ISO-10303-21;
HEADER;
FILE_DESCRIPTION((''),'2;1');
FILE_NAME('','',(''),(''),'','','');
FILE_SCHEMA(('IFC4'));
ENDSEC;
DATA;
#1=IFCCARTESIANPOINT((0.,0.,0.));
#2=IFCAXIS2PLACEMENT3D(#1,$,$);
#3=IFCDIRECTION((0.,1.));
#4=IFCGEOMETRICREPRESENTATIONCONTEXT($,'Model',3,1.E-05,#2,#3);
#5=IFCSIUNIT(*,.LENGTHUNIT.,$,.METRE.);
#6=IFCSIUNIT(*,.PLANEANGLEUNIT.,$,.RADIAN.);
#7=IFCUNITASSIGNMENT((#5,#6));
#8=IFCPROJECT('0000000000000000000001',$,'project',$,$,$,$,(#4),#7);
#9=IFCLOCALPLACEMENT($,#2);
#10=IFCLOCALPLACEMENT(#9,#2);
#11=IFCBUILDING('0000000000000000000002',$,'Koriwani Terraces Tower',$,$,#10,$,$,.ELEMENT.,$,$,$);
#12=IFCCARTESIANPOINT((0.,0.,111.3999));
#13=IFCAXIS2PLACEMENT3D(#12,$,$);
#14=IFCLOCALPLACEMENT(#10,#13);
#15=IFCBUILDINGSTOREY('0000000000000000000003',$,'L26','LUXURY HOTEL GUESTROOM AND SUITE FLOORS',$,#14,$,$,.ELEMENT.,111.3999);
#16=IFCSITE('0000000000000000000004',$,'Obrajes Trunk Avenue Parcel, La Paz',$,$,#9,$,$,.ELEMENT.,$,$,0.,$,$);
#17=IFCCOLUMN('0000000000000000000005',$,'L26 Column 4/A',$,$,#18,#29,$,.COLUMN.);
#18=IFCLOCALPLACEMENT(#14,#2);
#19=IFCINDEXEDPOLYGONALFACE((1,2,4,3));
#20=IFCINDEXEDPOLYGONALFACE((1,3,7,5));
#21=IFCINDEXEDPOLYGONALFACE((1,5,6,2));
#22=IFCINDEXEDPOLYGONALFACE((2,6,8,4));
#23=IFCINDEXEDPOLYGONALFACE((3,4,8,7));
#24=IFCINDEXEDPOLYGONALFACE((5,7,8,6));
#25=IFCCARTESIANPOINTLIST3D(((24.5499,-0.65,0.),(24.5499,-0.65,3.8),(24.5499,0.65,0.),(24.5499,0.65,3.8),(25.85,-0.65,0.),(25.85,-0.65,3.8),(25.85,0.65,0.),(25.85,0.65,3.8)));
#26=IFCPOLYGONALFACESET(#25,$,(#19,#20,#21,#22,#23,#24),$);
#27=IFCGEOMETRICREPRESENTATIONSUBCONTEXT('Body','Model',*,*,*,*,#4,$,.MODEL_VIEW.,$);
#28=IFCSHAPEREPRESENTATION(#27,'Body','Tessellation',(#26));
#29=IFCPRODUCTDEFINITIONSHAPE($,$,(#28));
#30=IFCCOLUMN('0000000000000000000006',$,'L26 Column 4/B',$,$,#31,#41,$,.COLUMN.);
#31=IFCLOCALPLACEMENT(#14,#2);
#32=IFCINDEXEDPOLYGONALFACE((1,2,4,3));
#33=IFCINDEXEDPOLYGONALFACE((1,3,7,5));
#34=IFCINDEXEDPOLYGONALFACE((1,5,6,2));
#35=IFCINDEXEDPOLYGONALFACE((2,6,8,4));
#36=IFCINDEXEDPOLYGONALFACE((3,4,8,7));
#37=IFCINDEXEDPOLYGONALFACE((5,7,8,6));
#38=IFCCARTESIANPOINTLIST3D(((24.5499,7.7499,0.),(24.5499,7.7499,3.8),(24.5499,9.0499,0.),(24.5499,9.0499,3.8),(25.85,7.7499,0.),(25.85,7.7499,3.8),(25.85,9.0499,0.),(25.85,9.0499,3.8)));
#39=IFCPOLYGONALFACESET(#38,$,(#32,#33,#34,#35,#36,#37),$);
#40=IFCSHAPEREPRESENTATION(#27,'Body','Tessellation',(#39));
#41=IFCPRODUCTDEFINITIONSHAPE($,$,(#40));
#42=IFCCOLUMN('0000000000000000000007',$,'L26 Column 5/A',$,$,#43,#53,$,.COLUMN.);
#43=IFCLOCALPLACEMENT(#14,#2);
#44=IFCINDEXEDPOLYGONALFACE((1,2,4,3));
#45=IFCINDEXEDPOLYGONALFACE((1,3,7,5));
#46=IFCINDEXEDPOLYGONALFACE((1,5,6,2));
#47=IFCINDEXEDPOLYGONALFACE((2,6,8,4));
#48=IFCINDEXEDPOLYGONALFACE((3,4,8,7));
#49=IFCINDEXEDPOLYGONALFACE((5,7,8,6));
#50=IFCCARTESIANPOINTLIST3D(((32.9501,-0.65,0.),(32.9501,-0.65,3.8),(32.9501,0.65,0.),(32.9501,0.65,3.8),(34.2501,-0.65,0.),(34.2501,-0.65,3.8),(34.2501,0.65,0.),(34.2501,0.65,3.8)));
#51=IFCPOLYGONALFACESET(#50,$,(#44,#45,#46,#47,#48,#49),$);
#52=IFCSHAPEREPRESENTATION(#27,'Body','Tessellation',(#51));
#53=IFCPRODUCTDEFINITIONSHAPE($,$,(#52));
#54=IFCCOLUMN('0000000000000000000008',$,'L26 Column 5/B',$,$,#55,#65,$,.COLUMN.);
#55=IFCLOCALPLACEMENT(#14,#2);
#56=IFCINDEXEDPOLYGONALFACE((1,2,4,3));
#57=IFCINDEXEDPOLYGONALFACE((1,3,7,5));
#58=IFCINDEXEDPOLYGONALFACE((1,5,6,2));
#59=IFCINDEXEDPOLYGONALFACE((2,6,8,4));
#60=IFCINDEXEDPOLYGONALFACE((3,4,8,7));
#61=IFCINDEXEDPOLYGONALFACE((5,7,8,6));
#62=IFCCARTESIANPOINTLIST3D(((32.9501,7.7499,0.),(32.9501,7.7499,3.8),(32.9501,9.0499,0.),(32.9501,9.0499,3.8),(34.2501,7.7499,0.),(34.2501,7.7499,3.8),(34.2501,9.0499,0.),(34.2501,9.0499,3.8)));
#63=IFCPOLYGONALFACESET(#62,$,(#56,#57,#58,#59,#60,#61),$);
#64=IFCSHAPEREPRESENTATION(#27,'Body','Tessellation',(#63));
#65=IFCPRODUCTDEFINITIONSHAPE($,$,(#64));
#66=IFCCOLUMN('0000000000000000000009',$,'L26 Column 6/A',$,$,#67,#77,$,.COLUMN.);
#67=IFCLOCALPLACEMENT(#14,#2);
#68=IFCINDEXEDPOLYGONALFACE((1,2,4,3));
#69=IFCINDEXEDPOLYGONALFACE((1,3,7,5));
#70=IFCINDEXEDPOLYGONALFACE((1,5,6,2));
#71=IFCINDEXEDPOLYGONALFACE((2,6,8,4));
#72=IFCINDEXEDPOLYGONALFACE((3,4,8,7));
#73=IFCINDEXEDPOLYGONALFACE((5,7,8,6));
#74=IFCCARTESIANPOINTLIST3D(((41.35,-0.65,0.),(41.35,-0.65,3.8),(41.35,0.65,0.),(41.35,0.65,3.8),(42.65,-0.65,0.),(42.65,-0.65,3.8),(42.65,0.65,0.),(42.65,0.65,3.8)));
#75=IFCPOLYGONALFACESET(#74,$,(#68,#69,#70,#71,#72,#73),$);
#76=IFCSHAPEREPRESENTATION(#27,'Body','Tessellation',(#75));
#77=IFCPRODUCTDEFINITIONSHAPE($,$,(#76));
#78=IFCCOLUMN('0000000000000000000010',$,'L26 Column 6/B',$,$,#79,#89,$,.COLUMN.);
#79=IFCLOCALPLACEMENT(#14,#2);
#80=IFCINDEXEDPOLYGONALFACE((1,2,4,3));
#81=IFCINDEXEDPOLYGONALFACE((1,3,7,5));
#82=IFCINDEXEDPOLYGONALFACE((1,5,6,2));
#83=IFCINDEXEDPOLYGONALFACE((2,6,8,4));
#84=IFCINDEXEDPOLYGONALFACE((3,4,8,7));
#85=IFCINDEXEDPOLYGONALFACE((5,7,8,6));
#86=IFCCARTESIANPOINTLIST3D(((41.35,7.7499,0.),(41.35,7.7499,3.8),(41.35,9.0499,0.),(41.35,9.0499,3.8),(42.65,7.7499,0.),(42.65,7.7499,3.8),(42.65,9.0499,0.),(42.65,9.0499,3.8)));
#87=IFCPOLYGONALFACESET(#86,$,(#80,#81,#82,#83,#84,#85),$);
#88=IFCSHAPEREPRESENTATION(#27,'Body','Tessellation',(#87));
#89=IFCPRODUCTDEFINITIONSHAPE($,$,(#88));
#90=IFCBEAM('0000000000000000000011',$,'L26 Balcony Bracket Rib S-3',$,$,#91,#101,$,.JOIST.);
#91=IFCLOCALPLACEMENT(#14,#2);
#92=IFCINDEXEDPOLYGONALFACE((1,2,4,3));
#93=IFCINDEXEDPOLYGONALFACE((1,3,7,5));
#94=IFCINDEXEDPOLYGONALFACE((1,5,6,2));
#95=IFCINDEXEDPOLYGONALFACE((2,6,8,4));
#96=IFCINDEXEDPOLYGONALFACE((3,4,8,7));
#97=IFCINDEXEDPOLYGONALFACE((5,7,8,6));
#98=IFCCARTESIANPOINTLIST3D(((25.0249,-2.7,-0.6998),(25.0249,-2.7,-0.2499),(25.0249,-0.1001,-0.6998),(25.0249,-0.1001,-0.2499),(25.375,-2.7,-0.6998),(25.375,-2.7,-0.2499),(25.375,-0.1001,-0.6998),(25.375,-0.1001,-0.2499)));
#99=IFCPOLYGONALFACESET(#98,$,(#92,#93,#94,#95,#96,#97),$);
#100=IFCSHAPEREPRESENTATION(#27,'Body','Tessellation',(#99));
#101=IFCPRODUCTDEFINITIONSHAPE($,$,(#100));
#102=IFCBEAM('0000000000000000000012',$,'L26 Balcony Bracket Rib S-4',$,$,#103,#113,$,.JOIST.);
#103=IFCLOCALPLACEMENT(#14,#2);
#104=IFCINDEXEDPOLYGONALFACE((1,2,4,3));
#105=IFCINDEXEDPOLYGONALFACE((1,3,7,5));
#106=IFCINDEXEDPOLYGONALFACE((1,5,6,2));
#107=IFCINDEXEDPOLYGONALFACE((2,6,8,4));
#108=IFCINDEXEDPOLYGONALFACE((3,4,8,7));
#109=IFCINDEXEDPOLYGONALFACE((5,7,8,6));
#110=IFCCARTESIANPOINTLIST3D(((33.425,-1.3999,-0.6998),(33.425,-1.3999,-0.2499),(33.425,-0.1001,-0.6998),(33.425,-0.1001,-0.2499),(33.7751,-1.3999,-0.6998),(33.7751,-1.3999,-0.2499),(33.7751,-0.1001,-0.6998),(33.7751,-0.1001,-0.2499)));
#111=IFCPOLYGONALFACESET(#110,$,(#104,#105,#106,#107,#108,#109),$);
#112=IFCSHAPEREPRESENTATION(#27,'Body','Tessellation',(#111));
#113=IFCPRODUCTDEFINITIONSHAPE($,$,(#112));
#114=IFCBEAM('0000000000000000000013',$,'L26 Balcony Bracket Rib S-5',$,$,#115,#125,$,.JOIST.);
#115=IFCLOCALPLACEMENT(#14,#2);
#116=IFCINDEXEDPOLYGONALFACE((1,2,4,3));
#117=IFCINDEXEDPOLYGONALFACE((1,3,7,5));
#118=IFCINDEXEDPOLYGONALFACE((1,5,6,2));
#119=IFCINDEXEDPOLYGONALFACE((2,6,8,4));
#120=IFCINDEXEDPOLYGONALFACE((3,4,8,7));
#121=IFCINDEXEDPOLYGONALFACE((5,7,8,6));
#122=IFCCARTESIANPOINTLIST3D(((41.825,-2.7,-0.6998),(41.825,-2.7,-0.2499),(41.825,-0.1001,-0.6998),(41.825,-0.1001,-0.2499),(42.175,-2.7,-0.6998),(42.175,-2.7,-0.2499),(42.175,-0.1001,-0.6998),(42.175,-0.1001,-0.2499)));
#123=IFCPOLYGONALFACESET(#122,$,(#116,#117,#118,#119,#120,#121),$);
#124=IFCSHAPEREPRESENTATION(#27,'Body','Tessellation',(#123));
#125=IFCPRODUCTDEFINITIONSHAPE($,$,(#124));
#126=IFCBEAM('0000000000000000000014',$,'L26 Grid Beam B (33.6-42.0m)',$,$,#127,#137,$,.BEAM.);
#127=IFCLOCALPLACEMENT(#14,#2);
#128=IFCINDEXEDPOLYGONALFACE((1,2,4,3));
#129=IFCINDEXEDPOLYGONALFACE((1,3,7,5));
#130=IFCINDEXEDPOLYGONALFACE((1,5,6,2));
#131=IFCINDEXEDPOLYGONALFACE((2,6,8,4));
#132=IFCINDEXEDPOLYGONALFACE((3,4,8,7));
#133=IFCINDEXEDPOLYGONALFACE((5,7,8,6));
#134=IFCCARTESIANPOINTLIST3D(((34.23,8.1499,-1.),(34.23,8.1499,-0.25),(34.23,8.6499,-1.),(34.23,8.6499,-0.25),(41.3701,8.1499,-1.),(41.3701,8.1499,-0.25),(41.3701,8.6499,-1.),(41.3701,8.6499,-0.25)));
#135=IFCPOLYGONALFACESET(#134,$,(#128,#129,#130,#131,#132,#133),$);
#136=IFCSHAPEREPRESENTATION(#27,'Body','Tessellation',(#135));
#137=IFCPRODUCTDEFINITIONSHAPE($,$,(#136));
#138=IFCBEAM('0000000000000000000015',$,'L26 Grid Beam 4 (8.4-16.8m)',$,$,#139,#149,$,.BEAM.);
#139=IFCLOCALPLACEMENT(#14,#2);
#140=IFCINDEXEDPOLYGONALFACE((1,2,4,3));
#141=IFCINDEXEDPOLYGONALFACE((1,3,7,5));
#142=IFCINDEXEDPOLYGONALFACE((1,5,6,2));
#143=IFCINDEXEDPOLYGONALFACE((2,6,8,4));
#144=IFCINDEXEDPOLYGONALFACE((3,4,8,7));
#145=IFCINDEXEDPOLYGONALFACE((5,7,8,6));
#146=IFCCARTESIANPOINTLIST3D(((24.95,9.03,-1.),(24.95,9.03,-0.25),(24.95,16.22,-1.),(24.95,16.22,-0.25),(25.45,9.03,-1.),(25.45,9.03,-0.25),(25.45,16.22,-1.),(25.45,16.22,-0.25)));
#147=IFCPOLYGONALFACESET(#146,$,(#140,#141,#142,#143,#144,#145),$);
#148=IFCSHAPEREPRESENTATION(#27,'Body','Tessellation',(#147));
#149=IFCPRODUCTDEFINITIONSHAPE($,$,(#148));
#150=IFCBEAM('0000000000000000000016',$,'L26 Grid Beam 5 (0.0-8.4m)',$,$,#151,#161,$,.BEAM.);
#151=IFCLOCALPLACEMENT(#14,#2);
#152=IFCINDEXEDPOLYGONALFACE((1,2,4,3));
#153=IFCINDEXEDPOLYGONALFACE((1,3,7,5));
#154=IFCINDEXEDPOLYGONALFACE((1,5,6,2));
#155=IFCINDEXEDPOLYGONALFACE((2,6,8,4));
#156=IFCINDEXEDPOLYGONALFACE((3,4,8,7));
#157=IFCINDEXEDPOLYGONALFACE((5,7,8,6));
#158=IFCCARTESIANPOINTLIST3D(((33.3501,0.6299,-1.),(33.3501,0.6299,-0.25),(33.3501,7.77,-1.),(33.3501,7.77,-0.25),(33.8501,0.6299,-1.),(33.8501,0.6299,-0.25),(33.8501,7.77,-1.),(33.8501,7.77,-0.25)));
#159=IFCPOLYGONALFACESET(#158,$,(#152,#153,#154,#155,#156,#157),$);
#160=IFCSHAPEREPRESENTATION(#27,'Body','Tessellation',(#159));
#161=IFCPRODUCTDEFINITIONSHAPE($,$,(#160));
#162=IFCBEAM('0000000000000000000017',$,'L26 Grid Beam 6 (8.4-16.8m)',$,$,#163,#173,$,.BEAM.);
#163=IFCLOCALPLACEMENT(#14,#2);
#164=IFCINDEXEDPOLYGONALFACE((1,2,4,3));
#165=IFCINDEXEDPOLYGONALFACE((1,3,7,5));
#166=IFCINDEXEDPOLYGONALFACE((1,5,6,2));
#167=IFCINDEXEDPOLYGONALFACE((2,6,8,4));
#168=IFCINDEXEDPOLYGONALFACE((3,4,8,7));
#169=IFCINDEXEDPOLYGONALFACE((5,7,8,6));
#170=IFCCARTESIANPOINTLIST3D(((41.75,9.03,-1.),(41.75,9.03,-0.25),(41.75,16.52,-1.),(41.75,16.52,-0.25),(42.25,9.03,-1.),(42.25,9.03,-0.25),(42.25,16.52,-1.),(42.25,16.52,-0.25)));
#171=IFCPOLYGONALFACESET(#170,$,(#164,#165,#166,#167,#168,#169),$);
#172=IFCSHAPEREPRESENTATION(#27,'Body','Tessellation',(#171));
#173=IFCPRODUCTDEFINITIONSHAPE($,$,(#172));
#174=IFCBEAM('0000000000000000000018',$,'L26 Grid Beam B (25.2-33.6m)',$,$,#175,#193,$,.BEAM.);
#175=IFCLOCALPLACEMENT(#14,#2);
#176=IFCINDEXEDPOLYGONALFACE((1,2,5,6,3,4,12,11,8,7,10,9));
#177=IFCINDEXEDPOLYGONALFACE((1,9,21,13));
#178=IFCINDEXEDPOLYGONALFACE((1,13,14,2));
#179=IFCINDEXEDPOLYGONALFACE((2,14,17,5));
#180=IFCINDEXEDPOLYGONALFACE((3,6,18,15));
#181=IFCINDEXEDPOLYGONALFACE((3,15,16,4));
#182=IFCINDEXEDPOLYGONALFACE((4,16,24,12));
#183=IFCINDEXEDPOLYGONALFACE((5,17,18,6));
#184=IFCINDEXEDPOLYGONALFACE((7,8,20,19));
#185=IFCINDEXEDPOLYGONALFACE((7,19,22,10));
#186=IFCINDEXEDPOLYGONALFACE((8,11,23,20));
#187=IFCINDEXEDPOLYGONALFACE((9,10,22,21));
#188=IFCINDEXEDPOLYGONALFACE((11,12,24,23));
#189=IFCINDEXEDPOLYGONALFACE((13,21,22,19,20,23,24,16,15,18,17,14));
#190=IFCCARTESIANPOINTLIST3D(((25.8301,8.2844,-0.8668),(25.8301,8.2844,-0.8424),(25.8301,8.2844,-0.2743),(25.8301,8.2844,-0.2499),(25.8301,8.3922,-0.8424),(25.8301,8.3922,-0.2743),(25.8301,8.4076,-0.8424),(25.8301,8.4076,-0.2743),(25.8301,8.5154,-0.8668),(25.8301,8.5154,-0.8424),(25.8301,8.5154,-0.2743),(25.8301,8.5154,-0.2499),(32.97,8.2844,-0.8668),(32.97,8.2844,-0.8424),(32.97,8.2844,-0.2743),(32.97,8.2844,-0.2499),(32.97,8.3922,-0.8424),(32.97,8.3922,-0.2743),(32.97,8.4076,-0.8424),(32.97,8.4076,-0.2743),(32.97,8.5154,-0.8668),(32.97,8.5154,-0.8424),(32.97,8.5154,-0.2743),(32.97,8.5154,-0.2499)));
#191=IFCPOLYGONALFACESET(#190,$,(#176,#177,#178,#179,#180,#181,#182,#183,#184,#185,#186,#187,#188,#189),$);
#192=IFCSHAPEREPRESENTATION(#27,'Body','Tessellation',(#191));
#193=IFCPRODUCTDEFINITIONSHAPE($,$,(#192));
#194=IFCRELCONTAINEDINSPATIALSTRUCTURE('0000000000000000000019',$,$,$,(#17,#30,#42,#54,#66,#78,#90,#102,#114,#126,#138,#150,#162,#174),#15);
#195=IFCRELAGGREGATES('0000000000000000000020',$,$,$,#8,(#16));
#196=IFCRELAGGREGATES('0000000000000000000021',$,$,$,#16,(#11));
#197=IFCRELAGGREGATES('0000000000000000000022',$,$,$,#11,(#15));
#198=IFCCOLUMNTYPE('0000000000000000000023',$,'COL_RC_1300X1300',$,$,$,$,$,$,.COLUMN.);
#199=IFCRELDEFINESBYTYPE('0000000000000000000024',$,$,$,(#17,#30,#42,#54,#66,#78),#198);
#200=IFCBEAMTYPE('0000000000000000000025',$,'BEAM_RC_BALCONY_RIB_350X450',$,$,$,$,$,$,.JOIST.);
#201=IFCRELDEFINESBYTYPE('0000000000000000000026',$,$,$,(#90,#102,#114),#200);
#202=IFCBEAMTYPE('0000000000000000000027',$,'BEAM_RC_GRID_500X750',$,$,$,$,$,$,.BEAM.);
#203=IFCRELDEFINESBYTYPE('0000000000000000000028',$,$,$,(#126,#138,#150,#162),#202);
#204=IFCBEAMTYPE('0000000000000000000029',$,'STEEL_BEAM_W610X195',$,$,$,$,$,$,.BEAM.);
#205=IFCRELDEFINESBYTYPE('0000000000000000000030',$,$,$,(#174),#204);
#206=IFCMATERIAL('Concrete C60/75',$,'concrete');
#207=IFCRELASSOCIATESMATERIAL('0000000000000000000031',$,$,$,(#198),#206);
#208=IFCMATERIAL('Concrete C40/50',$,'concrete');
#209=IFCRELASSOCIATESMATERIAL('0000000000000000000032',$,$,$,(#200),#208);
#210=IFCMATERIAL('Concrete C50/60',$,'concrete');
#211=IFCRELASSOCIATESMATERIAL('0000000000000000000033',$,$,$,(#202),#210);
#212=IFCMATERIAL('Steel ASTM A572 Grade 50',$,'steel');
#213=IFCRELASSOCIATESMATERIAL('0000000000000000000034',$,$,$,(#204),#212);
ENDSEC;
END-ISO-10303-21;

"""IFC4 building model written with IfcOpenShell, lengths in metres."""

from ifc_helpers import new_model, si_unit, direction, frame, origin, origin_2d, place, context, subcontext, project, spatial, rectangle, i_section, extrude, material, material_profile, profile_set, type_object, element, save


model = new_model("IFC4")

# Units and contexts
model_context = context("Model", 3, precision=1e-05, world=origin(), true_north=direction((0.0, 1.0)))
body_context = subcontext(model_context, "Body", "Model", "MODEL_VIEW")
ifc_project = project(units=[si_unit("LENGTHUNIT", "METRE"), si_unit("PLANEANGLEUNIT", "RADIAN")], contexts=[model_context])

# Site, building, storey
site_placement = place(None, origin())
site = spatial("IfcSite", under=ifc_project, at=site_placement, Name="Obrajes Trunk Avenue Parcel, La Paz", CompositionType="ELEMENT", RefElevation=0.0)
building_placement = place(site_placement, origin())
building = spatial("IfcBuilding", under=site, at=building_placement, Name="Koriwani Terraces Tower", CompositionType="ELEMENT")
storey_placement = place(building_placement, frame((0.0, 0.0, 111.3999)))
storey = spatial("IfcBuildingStorey", under=building, at=storey_placement, Name="L26", Description="LUXURY HOTEL GUESTROOM AND SUITE FLOORS", CompositionType="ELEMENT", Elevation=111.3999)

# Columns
ifc_material_1 = material(Name="Concrete C60/75", Category="concrete")
ifc_material_profile_1 = material_profile(ifc_material_1, rectangle(XDim=1.3, YDim=1.3, at=origin_2d()), Name="Concrete C60/75", Category="LoadBearing")
ifc_profile_set_1 = profile_set([ifc_material_profile_1], Name="Concrete C60/75")
column_type = type_object("IfcColumnType", Name="COL_RC_1300X1300", PredefinedType="COLUMN", material=ifc_profile_set_1)
for number, where, z_axis, x_axis, name in (
    (1, (25.2, 0.0, 0.0), (0.0, 0.0, 1.0), (1.0, 0.0, 0.0), "L26 Column 4/A"),
    (2, (25.2, 8.3999, 0.0), (0.0, 0.0, 1.0), (1.0, 0.0, 0.0), "L26 Column 4/B"),
    (3, (33.6001, 0.0, 0.0), (0.0, 0.0, 1.0), (1.0, 0.0, 0.0), "L26 Column 5/A"),
    (4, (33.6001, 8.3999, 0.0), (0.0, 0.0, 1.0), (1.0, 0.0, 0.0), "L26 Column 5/B"),
    (5, (42.0, 0.0, 0.0), (0.0, 0.0, 1.0), (1.0, 0.0, 0.0), "L26 Column 6/A"),
    (6, (42.0, 8.3999, 0.0), (0.0, 0.0, 1.0), (1.0, 0.0, 0.0), "L26 Column 6/B"),
):
    element("IfcColumn", number, at=place(storey_placement, frame(where, z_axis=z_axis, x_axis=x_axis)), inside=storey, type_object=column_type, Name=name, PredefinedType="COLUMN", context=body_context, shape_type="SweptSolid", body=[
        extrude(rectangle(XDim=1.3, YDim=1.3, at=origin_2d()), origin(), (0.0, 0.0, 1.0), 3.8),
    ])

# Beams
ifc_material_2 = material(Name="Concrete C40/50", Category="concrete")
ifc_material_profile_2 = material_profile(ifc_material_2, rectangle(XDim=0.3501, YDim=0.45, at=origin_2d()), Name="Concrete C40/50", Category="LoadBearing")
ifc_profile_set_2 = profile_set([ifc_material_profile_2], Name="Concrete C40/50")
beam_type_1 = type_object("IfcBeamType", Name="BEAM_RC_BALCONY_RIB_350X450", PredefinedType="JOIST", material=ifc_profile_set_2)
beam_1_placement = place(storey_placement, frame((25.2, -2.7, -0.4749), z_axis=(0.0, 1.0, 0.0), x_axis=(-1.0, 0.0, 0.0)))
element("IfcBeam", 7, at=beam_1_placement, inside=storey, type_object=beam_type_1, Name="L26 Balcony Bracket Rib S-3", PredefinedType="JOIST", context=body_context, shape_type="SweptSolid", body=[
    extrude(rectangle(XDim=0.3501, YDim=0.45, at=origin_2d()), origin(), (0.0, 0.0, 1.0), 2.5999),
])
beam_2_placement = place(storey_placement, frame((33.6001, -1.3999, -0.4749), z_axis=(0.0, 1.0, 0.0), x_axis=(-1.0, 0.0, 0.0)))
element("IfcBeam", 8, at=beam_2_placement, inside=storey, type_object=beam_type_1, Name="L26 Balcony Bracket Rib S-4", PredefinedType="JOIST", context=body_context, shape_type="SweptSolid", body=[
    extrude(rectangle(XDim=0.3501, YDim=0.45, at=origin_2d()), origin(), (0.0, 0.0, 1.0), 1.2998),
])
beam_3_placement = place(storey_placement, frame((42.0, -2.7, -0.4749), z_axis=(0.0, 1.0, 0.0), x_axis=(-1.0, 0.0, 0.0)))
element("IfcBeam", 9, at=beam_3_placement, inside=storey, type_object=beam_type_1, Name="L26 Balcony Bracket Rib S-5", PredefinedType="JOIST", context=body_context, shape_type="SweptSolid", body=[
    extrude(rectangle(XDim=0.3501, YDim=0.45, at=origin_2d()), origin(), (0.0, 0.0, 1.0), 2.5999),
])
ifc_material_3 = material(Name="Concrete C50/60", Category="concrete")
ifc_material_profile_3 = material_profile(ifc_material_3, rectangle(XDim=0.5, YDim=0.75, at=origin_2d()), Name="Concrete C50/60", Category="LoadBearing")
ifc_profile_set_3 = profile_set([ifc_material_profile_3], Name="Concrete C50/60")
beam_type_2 = type_object("IfcBeamType", Name="BEAM_RC_GRID_500X750", PredefinedType="BEAM", material=ifc_profile_set_3)
beam_4_placement = place(storey_placement, frame((34.23, 8.3999, -0.625), z_axis=(1.0, 0.0, 0.0), x_axis=(0.0, 1.0, 0.0)))
element("IfcBeam", 10, at=beam_4_placement, inside=storey, type_object=beam_type_2, Name="L26 Grid Beam B (33.6-42.0m)", PredefinedType="BEAM", context=body_context, shape_type="SweptSolid", body=[
    extrude(rectangle(XDim=0.5, YDim=0.75, at=origin_2d()), origin(), (0.0, 0.0, 1.0), 7.1401),
])
beam_5_placement = place(storey_placement, frame((25.2, 9.03, -0.625), z_axis=(0.0, 1.0, 0.0), x_axis=(-1.0, 0.0, 0.0)))
element("IfcBeam", 11, at=beam_5_placement, inside=storey, type_object=beam_type_2, Name="L26 Grid Beam 4 (8.4-16.8m)", PredefinedType="BEAM", context=body_context, shape_type="SweptSolid", body=[
    extrude(rectangle(XDim=0.5, YDim=0.75, at=origin_2d()), origin(), (0.0, 0.0, 1.0), 7.1899),
])
beam_6_placement = place(storey_placement, frame((33.6001, 0.6299, -0.625), z_axis=(0.0, 1.0, 0.0), x_axis=(-1.0, 0.0, 0.0)))
element("IfcBeam", 12, at=beam_6_placement, inside=storey, type_object=beam_type_2, Name="L26 Grid Beam 5 (0.0-8.4m)", PredefinedType="BEAM", context=body_context, shape_type="SweptSolid", body=[
    extrude(rectangle(XDim=0.5, YDim=0.75, at=origin_2d()), origin(), (0.0, 0.0, 1.0), 7.1401),
])
beam_7_placement = place(storey_placement, frame((42.0, 9.03, -0.625), z_axis=(0.0, 1.0, 0.0), x_axis=(-1.0, 0.0, 0.0)))
element("IfcBeam", 13, at=beam_7_placement, inside=storey, type_object=beam_type_2, Name="L26 Grid Beam 6 (8.4-16.8m)", PredefinedType="BEAM", context=body_context, shape_type="SweptSolid", body=[
    extrude(rectangle(XDim=0.5, YDim=0.75, at=origin_2d()), origin(), (0.0, 0.0, 1.0), 7.49),
])
ifc_material_4 = material(Name="Steel ASTM A572 Grade 50", Category="steel")
ifc_material_profile_4 = material_profile(ifc_material_4, i_section(OverallWidth=0.231, OverallDepth=0.6169, WebThickness=0.0154, FlangeThickness=0.0244, at=origin_2d()), Name="Steel ASTM A572 Grade 50", Category="LoadBearing")
ifc_profile_set_4 = profile_set([ifc_material_profile_4], Name="Steel ASTM A572 Grade 50")
beam_type_3 = type_object("IfcBeamType", Name="STEEL_BEAM_W610X195", PredefinedType="BEAM", material=ifc_profile_set_4)
beam_8_placement = place(storey_placement, frame((25.8301, 8.3999, -0.5583), z_axis=(1.0, 0.0, 0.0), x_axis=(0.0, 1.0, 0.0)))
element("IfcBeam", 14, at=beam_8_placement, inside=storey, type_object=beam_type_3, Name="L26 Grid Beam B (25.2-33.6m)", PredefinedType="BEAM", context=body_context, shape_type="SweptSolid", body=[
    extrude(i_section(OverallWidth=0.231, OverallDepth=0.6169, WebThickness=0.0154, FlangeThickness=0.0244, at=origin_2d()), origin(), (0.0, 0.0, 1.0), 7.1399),
])

save(model, "model.ifc")
